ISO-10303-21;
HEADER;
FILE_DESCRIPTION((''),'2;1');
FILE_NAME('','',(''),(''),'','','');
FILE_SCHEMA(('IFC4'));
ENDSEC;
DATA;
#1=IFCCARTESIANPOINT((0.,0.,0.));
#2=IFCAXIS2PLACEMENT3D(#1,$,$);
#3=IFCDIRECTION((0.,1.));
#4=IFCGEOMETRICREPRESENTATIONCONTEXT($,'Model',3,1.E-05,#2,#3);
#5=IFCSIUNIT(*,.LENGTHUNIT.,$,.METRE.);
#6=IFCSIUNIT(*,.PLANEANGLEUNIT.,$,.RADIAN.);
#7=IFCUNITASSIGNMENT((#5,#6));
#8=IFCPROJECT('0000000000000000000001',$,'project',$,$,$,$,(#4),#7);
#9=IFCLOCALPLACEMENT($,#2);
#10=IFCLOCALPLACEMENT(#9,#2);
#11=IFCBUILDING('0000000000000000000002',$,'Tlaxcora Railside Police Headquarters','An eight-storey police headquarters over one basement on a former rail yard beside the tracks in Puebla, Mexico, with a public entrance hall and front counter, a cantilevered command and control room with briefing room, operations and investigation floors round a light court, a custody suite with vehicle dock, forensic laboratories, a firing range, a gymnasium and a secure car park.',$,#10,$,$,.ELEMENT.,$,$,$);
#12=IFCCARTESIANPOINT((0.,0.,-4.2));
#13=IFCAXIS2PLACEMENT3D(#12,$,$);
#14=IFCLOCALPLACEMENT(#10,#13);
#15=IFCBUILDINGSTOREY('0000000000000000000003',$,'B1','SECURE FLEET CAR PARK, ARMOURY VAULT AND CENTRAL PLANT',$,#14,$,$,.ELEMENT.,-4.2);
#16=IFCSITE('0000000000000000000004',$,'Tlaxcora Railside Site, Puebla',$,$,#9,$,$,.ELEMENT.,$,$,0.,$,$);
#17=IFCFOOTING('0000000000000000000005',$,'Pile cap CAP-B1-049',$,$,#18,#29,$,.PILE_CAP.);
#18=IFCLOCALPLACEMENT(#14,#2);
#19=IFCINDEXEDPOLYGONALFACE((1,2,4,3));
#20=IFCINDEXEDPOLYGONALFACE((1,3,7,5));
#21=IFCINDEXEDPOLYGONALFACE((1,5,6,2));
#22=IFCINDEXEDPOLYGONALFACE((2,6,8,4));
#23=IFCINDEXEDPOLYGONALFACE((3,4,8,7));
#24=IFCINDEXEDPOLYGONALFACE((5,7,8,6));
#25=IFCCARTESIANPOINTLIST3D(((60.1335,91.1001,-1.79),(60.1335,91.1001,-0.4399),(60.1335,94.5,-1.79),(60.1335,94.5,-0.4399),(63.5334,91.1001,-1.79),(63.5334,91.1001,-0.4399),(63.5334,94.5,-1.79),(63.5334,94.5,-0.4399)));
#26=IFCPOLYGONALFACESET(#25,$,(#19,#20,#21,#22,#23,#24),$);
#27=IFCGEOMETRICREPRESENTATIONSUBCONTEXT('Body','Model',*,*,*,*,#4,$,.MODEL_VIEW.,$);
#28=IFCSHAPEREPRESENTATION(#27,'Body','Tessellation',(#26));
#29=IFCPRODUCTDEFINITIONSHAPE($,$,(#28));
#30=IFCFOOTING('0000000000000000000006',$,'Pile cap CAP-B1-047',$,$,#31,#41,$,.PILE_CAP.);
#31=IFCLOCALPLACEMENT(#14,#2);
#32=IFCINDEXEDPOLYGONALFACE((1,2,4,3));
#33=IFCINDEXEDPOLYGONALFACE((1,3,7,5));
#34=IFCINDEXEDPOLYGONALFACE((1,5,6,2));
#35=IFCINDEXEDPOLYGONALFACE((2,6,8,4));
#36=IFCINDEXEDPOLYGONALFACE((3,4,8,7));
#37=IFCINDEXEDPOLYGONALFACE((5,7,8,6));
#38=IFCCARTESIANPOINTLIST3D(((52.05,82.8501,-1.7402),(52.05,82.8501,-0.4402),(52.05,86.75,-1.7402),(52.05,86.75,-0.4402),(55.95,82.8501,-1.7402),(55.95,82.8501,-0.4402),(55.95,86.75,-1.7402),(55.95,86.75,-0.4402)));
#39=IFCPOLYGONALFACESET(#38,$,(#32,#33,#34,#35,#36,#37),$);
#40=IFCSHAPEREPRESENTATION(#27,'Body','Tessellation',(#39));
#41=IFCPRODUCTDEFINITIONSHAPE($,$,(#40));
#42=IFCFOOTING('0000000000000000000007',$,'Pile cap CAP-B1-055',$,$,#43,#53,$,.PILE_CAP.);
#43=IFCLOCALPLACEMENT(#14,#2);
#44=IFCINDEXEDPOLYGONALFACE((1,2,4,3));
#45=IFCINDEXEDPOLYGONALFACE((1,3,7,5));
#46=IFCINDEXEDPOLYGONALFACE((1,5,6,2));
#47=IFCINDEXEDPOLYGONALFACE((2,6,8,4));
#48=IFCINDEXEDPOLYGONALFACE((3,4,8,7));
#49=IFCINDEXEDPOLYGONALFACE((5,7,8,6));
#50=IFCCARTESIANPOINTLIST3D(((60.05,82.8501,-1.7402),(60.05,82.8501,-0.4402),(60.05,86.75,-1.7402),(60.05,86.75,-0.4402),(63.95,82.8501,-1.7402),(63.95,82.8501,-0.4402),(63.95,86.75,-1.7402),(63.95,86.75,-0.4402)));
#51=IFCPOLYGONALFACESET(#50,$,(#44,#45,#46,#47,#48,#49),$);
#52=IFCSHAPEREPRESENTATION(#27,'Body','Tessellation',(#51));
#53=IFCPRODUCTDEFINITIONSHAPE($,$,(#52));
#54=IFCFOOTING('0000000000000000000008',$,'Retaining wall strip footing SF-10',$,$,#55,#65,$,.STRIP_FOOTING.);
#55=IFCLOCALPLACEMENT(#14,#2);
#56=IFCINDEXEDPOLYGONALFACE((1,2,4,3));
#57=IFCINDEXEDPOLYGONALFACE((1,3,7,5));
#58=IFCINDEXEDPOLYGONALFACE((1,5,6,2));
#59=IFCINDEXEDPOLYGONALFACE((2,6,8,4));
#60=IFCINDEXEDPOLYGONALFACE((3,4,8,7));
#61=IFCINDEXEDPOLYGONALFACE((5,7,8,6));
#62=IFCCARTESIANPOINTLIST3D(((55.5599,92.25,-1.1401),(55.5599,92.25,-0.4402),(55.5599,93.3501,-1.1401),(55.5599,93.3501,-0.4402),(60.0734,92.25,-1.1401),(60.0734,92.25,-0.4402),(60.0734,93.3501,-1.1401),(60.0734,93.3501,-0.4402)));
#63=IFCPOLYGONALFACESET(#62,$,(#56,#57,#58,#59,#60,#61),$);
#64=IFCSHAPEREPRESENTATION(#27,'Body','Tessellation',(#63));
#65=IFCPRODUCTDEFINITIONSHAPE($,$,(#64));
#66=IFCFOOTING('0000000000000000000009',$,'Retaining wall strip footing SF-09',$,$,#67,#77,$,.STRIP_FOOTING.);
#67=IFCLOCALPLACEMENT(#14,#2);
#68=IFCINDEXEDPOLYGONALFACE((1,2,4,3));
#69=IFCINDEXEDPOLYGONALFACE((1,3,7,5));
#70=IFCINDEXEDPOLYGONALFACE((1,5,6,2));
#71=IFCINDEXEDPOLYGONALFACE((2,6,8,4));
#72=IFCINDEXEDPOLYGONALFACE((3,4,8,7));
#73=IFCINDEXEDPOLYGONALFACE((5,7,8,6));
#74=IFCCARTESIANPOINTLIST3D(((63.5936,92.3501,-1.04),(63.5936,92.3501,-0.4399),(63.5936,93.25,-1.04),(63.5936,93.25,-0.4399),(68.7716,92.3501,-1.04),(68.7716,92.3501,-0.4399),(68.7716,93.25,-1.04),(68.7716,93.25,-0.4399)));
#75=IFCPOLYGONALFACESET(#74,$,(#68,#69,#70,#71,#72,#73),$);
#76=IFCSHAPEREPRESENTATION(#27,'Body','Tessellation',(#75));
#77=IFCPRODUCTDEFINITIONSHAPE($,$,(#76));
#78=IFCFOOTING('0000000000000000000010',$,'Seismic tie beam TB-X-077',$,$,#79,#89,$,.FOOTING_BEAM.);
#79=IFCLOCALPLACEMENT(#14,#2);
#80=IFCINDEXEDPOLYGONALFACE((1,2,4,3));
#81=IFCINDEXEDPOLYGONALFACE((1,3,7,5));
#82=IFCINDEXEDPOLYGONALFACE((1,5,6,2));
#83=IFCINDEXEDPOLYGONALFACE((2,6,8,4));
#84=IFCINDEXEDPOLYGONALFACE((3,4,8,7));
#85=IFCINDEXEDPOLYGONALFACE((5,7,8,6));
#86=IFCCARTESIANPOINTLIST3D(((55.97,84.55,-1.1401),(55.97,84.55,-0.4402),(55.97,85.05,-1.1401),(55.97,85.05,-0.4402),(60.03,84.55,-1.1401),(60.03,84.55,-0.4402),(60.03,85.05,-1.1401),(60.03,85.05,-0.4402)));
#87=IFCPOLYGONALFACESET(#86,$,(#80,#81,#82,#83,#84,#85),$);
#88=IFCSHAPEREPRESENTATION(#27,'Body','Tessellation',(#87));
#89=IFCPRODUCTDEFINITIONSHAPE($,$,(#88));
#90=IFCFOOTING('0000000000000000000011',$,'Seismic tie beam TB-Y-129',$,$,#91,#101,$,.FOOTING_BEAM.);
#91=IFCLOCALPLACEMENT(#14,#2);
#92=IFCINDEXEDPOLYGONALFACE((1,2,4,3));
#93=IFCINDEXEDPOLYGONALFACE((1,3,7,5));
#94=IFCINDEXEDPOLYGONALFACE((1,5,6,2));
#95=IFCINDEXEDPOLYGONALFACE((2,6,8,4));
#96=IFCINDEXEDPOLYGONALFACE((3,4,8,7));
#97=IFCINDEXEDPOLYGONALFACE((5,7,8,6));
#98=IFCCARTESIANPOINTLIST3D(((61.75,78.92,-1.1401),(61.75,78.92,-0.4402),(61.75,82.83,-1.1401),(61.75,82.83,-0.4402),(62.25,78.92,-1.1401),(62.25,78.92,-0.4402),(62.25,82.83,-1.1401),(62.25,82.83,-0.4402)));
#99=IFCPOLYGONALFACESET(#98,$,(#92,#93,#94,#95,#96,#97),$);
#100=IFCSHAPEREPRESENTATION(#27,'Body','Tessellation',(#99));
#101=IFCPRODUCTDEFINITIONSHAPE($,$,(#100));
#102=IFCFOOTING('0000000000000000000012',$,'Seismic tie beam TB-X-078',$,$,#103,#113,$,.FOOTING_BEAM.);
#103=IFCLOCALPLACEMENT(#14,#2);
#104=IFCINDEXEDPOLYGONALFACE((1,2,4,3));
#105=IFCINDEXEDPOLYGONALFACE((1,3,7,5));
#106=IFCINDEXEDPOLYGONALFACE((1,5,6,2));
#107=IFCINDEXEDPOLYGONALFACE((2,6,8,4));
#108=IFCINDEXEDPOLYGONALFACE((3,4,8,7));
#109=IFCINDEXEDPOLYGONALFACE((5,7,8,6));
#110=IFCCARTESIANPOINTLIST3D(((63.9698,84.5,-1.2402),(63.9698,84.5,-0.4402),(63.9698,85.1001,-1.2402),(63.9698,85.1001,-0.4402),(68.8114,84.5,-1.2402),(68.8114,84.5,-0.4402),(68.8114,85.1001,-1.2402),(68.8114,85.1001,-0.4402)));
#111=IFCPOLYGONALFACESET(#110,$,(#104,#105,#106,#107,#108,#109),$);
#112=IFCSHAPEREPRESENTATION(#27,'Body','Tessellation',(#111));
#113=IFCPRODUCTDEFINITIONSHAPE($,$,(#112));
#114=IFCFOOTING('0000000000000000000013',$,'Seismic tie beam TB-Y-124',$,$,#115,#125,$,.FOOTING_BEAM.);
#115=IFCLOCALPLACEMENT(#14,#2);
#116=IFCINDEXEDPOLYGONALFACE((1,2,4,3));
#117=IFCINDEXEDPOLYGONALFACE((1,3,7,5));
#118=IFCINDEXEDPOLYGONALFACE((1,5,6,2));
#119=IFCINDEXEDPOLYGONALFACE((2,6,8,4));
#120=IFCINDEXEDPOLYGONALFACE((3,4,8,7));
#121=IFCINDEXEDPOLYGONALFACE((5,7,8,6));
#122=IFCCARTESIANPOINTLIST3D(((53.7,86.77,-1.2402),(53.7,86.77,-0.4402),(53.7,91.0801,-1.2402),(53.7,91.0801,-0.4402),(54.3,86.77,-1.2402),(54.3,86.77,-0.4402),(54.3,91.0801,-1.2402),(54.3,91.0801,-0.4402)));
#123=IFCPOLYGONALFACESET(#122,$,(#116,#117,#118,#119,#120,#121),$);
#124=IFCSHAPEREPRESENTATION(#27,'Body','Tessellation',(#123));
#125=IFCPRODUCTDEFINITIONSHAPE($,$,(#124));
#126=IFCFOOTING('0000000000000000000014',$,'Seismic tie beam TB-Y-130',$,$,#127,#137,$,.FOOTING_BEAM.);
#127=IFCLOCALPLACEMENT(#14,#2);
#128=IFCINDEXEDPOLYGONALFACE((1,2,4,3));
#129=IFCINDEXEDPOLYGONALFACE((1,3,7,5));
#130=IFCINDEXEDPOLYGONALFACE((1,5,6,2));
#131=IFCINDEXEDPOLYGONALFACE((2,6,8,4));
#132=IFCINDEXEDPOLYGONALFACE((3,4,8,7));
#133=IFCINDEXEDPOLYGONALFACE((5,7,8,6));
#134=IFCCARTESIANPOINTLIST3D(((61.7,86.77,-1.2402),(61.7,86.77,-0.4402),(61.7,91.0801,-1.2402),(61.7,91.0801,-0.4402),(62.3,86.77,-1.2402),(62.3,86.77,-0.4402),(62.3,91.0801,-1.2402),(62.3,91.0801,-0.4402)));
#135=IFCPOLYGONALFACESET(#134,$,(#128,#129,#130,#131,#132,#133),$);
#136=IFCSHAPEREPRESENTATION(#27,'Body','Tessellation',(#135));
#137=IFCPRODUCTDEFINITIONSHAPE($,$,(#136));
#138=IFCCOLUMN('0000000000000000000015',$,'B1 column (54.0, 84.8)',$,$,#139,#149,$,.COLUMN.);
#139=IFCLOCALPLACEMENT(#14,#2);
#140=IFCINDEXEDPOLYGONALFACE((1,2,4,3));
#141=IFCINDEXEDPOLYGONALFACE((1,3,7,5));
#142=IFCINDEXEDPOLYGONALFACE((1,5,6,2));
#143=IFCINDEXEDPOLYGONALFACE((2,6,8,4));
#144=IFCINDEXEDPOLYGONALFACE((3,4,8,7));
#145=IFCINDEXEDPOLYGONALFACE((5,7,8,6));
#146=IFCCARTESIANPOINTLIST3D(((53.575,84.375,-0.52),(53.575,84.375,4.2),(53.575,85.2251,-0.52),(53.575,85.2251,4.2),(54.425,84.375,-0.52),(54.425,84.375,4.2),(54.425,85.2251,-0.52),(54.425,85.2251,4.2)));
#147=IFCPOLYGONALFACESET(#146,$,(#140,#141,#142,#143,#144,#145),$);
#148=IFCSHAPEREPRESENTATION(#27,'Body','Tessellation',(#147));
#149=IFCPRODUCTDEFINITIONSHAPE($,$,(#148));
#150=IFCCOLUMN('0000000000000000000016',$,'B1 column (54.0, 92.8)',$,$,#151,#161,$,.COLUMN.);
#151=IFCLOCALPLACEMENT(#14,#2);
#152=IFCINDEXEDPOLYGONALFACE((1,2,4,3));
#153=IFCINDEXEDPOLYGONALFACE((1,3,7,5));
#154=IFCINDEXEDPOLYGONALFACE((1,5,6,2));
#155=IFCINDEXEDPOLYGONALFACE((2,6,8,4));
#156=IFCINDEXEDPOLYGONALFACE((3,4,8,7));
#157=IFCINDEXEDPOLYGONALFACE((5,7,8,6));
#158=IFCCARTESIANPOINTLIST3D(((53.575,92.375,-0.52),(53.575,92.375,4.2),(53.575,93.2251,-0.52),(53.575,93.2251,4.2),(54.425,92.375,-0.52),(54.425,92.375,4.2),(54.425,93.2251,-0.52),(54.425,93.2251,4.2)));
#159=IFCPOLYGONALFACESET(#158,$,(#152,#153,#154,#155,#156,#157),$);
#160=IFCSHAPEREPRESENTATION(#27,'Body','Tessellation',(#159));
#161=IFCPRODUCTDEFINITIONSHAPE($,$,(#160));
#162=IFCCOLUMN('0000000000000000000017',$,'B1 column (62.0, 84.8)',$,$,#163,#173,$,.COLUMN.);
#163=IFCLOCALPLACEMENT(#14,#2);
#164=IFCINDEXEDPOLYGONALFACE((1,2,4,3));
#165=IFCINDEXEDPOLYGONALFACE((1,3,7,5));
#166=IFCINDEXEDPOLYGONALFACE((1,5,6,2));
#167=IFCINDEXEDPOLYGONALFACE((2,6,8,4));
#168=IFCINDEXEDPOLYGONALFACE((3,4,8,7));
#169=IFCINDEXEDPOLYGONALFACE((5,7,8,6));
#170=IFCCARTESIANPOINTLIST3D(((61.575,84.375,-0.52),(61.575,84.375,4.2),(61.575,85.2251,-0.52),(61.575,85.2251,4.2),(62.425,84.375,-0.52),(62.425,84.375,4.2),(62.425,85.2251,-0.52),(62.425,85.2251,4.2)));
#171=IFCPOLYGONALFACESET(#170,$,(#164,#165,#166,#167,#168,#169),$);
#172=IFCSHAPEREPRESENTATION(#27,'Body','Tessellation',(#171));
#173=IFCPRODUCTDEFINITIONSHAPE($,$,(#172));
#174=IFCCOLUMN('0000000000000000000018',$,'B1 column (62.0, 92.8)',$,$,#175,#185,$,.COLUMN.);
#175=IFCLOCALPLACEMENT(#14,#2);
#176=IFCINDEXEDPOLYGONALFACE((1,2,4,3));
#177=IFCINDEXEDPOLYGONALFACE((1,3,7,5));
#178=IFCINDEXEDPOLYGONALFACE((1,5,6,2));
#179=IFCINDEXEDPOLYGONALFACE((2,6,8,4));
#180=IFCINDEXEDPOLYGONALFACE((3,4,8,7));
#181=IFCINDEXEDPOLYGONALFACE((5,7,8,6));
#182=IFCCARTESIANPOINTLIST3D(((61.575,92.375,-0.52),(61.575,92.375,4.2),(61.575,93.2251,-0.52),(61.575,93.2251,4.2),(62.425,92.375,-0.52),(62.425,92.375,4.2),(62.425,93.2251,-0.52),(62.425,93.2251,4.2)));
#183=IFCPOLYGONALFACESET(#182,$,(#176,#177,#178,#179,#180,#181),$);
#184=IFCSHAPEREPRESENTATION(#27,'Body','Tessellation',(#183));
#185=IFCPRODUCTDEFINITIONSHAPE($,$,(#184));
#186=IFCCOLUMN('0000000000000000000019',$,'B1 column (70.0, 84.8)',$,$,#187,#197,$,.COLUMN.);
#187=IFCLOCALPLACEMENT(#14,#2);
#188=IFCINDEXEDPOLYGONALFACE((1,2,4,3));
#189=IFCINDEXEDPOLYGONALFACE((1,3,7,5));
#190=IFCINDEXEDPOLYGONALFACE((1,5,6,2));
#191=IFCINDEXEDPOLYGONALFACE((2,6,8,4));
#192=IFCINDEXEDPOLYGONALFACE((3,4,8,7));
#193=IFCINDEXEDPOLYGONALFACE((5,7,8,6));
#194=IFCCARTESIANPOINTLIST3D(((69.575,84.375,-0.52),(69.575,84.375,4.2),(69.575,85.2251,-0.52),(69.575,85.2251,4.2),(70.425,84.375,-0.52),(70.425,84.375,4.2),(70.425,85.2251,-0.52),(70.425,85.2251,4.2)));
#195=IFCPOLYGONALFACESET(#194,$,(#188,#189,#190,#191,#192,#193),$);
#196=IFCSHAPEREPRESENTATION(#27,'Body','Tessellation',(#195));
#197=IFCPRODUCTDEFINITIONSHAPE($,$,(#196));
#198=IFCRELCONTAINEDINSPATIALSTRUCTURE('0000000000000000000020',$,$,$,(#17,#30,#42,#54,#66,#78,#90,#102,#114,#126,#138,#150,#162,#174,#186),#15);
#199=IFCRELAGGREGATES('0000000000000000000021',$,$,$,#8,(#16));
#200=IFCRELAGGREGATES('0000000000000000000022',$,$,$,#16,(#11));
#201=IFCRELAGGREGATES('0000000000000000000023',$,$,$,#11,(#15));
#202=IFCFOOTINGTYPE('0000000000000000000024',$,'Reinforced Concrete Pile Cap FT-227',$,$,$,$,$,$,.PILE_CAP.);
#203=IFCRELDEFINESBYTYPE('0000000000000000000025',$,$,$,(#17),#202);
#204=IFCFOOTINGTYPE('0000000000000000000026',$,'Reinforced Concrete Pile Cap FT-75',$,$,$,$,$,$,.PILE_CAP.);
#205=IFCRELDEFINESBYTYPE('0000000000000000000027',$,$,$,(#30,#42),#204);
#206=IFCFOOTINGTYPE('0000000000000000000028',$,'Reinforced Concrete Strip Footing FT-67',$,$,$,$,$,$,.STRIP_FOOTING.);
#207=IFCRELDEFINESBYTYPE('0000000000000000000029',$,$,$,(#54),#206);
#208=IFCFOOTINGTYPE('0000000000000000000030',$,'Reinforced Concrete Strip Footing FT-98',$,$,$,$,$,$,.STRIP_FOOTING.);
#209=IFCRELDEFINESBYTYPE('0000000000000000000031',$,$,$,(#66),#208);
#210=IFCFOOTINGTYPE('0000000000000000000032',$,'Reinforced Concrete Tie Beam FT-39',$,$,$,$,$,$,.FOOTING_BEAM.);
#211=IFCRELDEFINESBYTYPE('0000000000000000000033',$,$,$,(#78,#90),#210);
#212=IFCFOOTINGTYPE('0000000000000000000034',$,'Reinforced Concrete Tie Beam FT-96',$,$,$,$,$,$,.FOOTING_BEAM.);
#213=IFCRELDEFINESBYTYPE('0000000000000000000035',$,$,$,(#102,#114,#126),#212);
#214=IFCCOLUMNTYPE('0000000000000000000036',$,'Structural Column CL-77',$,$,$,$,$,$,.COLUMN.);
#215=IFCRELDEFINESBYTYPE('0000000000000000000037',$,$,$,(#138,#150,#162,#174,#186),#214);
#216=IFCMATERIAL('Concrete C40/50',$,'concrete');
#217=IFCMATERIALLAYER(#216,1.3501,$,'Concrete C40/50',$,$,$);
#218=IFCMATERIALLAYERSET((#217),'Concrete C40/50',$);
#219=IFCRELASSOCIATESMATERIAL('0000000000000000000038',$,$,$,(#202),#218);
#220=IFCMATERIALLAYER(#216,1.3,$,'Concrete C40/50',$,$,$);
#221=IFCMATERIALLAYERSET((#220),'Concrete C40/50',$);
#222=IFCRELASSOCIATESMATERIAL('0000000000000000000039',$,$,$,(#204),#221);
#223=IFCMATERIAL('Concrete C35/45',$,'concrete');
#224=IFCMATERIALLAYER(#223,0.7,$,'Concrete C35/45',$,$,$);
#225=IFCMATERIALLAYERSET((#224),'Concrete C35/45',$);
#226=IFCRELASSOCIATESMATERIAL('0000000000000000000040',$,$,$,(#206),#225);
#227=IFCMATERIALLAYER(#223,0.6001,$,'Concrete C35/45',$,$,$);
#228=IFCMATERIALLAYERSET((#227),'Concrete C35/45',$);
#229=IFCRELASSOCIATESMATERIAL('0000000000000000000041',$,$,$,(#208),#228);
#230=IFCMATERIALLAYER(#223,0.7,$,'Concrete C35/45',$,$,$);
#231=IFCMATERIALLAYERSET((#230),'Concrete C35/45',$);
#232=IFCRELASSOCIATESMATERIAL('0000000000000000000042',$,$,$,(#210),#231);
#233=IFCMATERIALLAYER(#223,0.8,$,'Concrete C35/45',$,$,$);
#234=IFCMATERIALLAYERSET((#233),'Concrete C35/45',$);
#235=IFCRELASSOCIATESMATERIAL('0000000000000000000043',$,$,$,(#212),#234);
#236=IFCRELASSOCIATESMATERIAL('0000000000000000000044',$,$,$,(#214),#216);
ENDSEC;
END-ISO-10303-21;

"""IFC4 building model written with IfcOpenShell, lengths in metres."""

from ifc_helpers import new_model, si_unit, direction, frame, origin, origin_2d, place, context, subcontext, project, spatial, rectangle, extrude, material, layer, layer_set, material_profile, profile_set, type_object, element, save


model = new_model("IFC4")

# Units and contexts
model_context = context("Model", 3, precision=1e-05, world=origin(), true_north=direction((0.0, 1.0)))
body_context = subcontext(model_context, "Body", "Model", "MODEL_VIEW")
ifc_project = project(units=[si_unit("LENGTHUNIT", "METRE"), si_unit("PLANEANGLEUNIT", "RADIAN")], contexts=[model_context])

# Site, building, storey
site_placement = place(None, origin())
site = spatial("IfcSite", under=ifc_project, at=site_placement, Name="Tlaxcora Railside Site, Puebla", CompositionType="ELEMENT", RefElevation=0.0)
building_placement = place(site_placement, origin())
building = spatial("IfcBuilding", under=site, at=building_placement, Name="Tlaxcora Railside Police Headquarters", Description="An eight-storey police headquarters over one basement on a former rail yard beside the tracks in Puebla, Mexico, with a public entrance hall and front counter, a cantilevered command and control room with briefing room, operations and investigation floors round a light court, a custody suite with vehicle dock, forensic laboratories, a firing range, a gymnasium and a secure car park.", CompositionType="ELEMENT")
storey_placement = place(building_placement, frame((0.0, 0.0, -4.2)))
storey = spatial("IfcBuildingStorey", under=building, at=storey_placement, Name="B1", Description="SECURE FLEET CAR PARK, ARMOURY VAULT AND CENTRAL PLANT", CompositionType="ELEMENT", Elevation=-4.2)

# Shared definitions
ifc_material_1 = material(Name="Concrete C35/45", Category="concrete")

# Footings
ifc_material_2 = material(Name="Concrete C40/50", Category="concrete")
ifc_layer_1 = layer(ifc_material_2, 1.3501, Name="Concrete C40/50")
ifc_layer_set_1 = layer_set([ifc_layer_1], Name="Concrete C40/50")
footing_type_1 = type_object("IfcFootingType", Name="Reinforced Concrete Pile Cap FT-227", PredefinedType="PILE_CAP", material=ifc_layer_set_1)
for number, where, z_axis, x_axis, name in (
    (1, (61.8335, 92.8, -1.79), (0.0, 0.0, 1.0), (1.0, 0.0, 0.0), "Pile cap CAP-B1-049"),
):
    element("IfcFooting", number, at=place(storey_placement, frame(where, z_axis=z_axis, x_axis=x_axis)), inside=storey, type_object=footing_type_1, Name=name, PredefinedType="PILE_CAP", context=body_context, shape_type="SweptSolid", body=[
        extrude(rectangle(XDim=3.3999, YDim=3.3999, at=origin_2d()), origin(), (0.0, 0.0, 1.0), 1.3501),
    ])
ifc_layer_2 = layer(ifc_material_2, 1.3, Name="Concrete C40/50")
ifc_layer_set_2 = layer_set([ifc_layer_2], Name="Concrete C40/50")
footing_type_2 = type_object("IfcFootingType", Name="Reinforced Concrete Pile Cap FT-75", PredefinedType="PILE_CAP", material=ifc_layer_set_2)
for number, where, z_axis, x_axis, name in (
    (2, (54.0, 84.8, -1.7402), (0.0, 0.0, 1.0), (1.0, 0.0, 0.0), "Pile cap CAP-B1-047"),
    (3, (62.0, 84.8, -1.7402), (0.0, 0.0, 1.0), (1.0, 0.0, 0.0), "Pile cap CAP-B1-055"),
):
    element("IfcFooting", number, at=place(storey_placement, frame(where, z_axis=z_axis, x_axis=x_axis)), inside=storey, type_object=footing_type_2, Name=name, PredefinedType="PILE_CAP", context=body_context, shape_type="SweptSolid", body=[
        extrude(rectangle(XDim=3.8999, YDim=3.8999, at=origin_2d()), origin(), (0.0, 0.0, 1.0), 1.3),
    ])
ifc_layer_3 = layer(ifc_material_1, 0.7, Name="Concrete C35/45")
ifc_layer_set_3 = layer_set([ifc_layer_3], Name="Concrete C35/45")
footing_type_3 = type_object("IfcFootingType", Name="Reinforced Concrete Strip Footing FT-67", PredefinedType="STRIP_FOOTING", material=ifc_layer_set_3)
footing_1_placement = place(storey_placement, frame((57.8167, 92.8, -1.1401), z_axis=(0.0, 0.0, 1.0), x_axis=(1.0, 0.0, 0.0)))
element("IfcFooting", 4, at=footing_1_placement, inside=storey, type_object=footing_type_3, Name="Retaining wall strip footing SF-10", PredefinedType="STRIP_FOOTING", context=body_context, shape_type="SweptSolid", body=[
    extrude(rectangle(XDim=4.5134, YDim=1.1001, at=origin_2d()), origin(), (0.0, 0.0, 1.0), 0.7),
])
ifc_layer_4 = layer(ifc_material_1, 0.6001, Name="Concrete C35/45")
ifc_layer_set_4 = layer_set([ifc_layer_4], Name="Concrete C35/45")
footing_type_4 = type_object("IfcFootingType", Name="Reinforced Concrete Strip Footing FT-98", PredefinedType="STRIP_FOOTING", material=ifc_layer_set_4)
footing_2_placement = place(storey_placement, frame((66.1826, 92.8, -1.04), z_axis=(0.0, 0.0, 1.0), x_axis=(1.0, 0.0, 0.0)))
element("IfcFooting", 5, at=footing_2_placement, inside=storey, type_object=footing_type_4, Name="Retaining wall strip footing SF-09", PredefinedType="STRIP_FOOTING", context=body_context, shape_type="SweptSolid", body=[
    extrude(rectangle(XDim=5.178, YDim=0.8999, at=origin_2d()), origin(), (0.0, 0.0, 1.0), 0.6001),
])
ifc_layer_5 = layer(ifc_material_1, 0.7, Name="Concrete C35/45")
ifc_layer_set_5 = layer_set([ifc_layer_5], Name="Concrete C35/45")
footing_type_5 = type_object("IfcFootingType", Name="Reinforced Concrete Tie Beam FT-39", PredefinedType="FOOTING_BEAM", material=ifc_layer_set_5)
footing_3_placement = place(storey_placement, frame((58.0, 84.8, -1.1401), z_axis=(0.0, 0.0, 1.0), x_axis=(1.0, 0.0, 0.0)))
element("IfcFooting", 6, at=footing_3_placement, inside=storey, type_object=footing_type_5, Name="Seismic tie beam TB-X-077", PredefinedType="FOOTING_BEAM", context=body_context, shape_type="SweptSolid", body=[
    extrude(rectangle(XDim=4.0601, YDim=0.5, at=origin_2d()), origin(), (0.0, 0.0, 1.0), 0.7),
])
footing_4_placement = place(storey_placement, frame((62.0, 80.875, -1.1401), z_axis=(0.0, 0.0, 1.0), x_axis=(0.0, 1.0, 0.0)))
element("IfcFooting", 7, at=footing_4_placement, inside=storey, type_object=footing_type_5, Name="Seismic tie beam TB-Y-129", PredefinedType="FOOTING_BEAM", context=body_context, shape_type="SweptSolid", body=[
    extrude(rectangle(XDim=3.9099, YDim=0.5, at=origin_2d()), origin(), (0.0, 0.0, 1.0), 0.7),
])
ifc_layer_6 = layer(ifc_material_1, 0.8, Name="Concrete C35/45")
ifc_layer_set_6 = layer_set([ifc_layer_6], Name="Concrete C35/45")
footing_type_6 = type_object("IfcFootingType", Name="Reinforced Concrete Tie Beam FT-96", PredefinedType="FOOTING_BEAM", material=ifc_layer_set_6)
footing_5_placement = place(storey_placement, frame((66.3906, 84.8, -1.2402), z_axis=(0.0, 0.0, 1.0), x_axis=(1.0, 0.0, 0.0)))
element("IfcFooting", 8, at=footing_5_placement, inside=storey, type_object=footing_type_6, Name="Seismic tie beam TB-X-078", PredefinedType="FOOTING_BEAM", context=body_context, shape_type="SweptSolid", body=[
    extrude(rectangle(XDim=4.8416, YDim=0.6001, at=origin_2d()), origin(), (0.0, 0.0, 1.0), 0.8),
])
for number, where, z_axis, x_axis, name in (
    (9, (54.0, 88.925, -1.2402), (0.0, 0.0, 1.0), (0.0, 1.0, 0.0), "Seismic tie beam TB-Y-124"),
    (10, (62.0, 88.925, -1.2402), (0.0, 0.0, 1.0), (0.0, 1.0, 0.0), "Seismic tie beam TB-Y-130"),
):
    element("IfcFooting", number, at=place(storey_placement, frame(where, z_axis=z_axis, x_axis=x_axis)), inside=storey, type_object=footing_type_6, Name=name, PredefinedType="FOOTING_BEAM", context=body_context, shape_type="SweptSolid", body=[
        extrude(rectangle(XDim=4.3101, YDim=0.6001, at=origin_2d()), origin(), (0.0, 0.0, 1.0), 0.8),
    ])

# Columns
ifc_material_profile_1 = material_profile(ifc_material_2, rectangle(XDim=0.8501, YDim=0.8501, at=origin_2d()), Name="RC850X850")
ifc_profile_set_1 = profile_set([ifc_material_profile_1], Name="Concrete C40/50")
column_type = type_object("IfcColumnType", Name="Structural Column CL-77", PredefinedType="COLUMN", material=ifc_profile_set_1)
for number, where, z_axis, x_axis, name in (
    (11, (54.0, 84.8, -0.52), (0.0, 0.0, 1.0), (1.0, 0.0, 0.0), "B1 column (54.0, 84.8)"),
    (12, (54.0, 92.8, -0.52), (0.0, 0.0, 1.0), (1.0, 0.0, 0.0), "B1 column (54.0, 92.8)"),
    (13, (62.0, 84.8, -0.52), (0.0, 0.0, 1.0), (1.0, 0.0, 0.0), "B1 column (62.0, 84.8)"),
    (14, (62.0, 92.8, -0.52), (0.0, 0.0, 1.0), (1.0, 0.0, 0.0), "B1 column (62.0, 92.8)"),
    (15, (70.0, 84.8, -0.52), (0.0, 0.0, 1.0), (1.0, 0.0, 0.0), "B1 column (70.0, 84.8)"),
):
    element("IfcColumn", number, at=place(storey_placement, frame(where, z_axis=z_axis, x_axis=x_axis)), inside=storey, type_object=column_type, Name=name, PredefinedType="COLUMN", context=body_context, shape_type="SweptSolid", body=[
        extrude(rectangle(XDim=0.8501, YDim=0.8501, at=origin_2d()), origin(), (0.0, 0.0, 1.0), 4.72),
    ])

save(model, "model.ifc")
